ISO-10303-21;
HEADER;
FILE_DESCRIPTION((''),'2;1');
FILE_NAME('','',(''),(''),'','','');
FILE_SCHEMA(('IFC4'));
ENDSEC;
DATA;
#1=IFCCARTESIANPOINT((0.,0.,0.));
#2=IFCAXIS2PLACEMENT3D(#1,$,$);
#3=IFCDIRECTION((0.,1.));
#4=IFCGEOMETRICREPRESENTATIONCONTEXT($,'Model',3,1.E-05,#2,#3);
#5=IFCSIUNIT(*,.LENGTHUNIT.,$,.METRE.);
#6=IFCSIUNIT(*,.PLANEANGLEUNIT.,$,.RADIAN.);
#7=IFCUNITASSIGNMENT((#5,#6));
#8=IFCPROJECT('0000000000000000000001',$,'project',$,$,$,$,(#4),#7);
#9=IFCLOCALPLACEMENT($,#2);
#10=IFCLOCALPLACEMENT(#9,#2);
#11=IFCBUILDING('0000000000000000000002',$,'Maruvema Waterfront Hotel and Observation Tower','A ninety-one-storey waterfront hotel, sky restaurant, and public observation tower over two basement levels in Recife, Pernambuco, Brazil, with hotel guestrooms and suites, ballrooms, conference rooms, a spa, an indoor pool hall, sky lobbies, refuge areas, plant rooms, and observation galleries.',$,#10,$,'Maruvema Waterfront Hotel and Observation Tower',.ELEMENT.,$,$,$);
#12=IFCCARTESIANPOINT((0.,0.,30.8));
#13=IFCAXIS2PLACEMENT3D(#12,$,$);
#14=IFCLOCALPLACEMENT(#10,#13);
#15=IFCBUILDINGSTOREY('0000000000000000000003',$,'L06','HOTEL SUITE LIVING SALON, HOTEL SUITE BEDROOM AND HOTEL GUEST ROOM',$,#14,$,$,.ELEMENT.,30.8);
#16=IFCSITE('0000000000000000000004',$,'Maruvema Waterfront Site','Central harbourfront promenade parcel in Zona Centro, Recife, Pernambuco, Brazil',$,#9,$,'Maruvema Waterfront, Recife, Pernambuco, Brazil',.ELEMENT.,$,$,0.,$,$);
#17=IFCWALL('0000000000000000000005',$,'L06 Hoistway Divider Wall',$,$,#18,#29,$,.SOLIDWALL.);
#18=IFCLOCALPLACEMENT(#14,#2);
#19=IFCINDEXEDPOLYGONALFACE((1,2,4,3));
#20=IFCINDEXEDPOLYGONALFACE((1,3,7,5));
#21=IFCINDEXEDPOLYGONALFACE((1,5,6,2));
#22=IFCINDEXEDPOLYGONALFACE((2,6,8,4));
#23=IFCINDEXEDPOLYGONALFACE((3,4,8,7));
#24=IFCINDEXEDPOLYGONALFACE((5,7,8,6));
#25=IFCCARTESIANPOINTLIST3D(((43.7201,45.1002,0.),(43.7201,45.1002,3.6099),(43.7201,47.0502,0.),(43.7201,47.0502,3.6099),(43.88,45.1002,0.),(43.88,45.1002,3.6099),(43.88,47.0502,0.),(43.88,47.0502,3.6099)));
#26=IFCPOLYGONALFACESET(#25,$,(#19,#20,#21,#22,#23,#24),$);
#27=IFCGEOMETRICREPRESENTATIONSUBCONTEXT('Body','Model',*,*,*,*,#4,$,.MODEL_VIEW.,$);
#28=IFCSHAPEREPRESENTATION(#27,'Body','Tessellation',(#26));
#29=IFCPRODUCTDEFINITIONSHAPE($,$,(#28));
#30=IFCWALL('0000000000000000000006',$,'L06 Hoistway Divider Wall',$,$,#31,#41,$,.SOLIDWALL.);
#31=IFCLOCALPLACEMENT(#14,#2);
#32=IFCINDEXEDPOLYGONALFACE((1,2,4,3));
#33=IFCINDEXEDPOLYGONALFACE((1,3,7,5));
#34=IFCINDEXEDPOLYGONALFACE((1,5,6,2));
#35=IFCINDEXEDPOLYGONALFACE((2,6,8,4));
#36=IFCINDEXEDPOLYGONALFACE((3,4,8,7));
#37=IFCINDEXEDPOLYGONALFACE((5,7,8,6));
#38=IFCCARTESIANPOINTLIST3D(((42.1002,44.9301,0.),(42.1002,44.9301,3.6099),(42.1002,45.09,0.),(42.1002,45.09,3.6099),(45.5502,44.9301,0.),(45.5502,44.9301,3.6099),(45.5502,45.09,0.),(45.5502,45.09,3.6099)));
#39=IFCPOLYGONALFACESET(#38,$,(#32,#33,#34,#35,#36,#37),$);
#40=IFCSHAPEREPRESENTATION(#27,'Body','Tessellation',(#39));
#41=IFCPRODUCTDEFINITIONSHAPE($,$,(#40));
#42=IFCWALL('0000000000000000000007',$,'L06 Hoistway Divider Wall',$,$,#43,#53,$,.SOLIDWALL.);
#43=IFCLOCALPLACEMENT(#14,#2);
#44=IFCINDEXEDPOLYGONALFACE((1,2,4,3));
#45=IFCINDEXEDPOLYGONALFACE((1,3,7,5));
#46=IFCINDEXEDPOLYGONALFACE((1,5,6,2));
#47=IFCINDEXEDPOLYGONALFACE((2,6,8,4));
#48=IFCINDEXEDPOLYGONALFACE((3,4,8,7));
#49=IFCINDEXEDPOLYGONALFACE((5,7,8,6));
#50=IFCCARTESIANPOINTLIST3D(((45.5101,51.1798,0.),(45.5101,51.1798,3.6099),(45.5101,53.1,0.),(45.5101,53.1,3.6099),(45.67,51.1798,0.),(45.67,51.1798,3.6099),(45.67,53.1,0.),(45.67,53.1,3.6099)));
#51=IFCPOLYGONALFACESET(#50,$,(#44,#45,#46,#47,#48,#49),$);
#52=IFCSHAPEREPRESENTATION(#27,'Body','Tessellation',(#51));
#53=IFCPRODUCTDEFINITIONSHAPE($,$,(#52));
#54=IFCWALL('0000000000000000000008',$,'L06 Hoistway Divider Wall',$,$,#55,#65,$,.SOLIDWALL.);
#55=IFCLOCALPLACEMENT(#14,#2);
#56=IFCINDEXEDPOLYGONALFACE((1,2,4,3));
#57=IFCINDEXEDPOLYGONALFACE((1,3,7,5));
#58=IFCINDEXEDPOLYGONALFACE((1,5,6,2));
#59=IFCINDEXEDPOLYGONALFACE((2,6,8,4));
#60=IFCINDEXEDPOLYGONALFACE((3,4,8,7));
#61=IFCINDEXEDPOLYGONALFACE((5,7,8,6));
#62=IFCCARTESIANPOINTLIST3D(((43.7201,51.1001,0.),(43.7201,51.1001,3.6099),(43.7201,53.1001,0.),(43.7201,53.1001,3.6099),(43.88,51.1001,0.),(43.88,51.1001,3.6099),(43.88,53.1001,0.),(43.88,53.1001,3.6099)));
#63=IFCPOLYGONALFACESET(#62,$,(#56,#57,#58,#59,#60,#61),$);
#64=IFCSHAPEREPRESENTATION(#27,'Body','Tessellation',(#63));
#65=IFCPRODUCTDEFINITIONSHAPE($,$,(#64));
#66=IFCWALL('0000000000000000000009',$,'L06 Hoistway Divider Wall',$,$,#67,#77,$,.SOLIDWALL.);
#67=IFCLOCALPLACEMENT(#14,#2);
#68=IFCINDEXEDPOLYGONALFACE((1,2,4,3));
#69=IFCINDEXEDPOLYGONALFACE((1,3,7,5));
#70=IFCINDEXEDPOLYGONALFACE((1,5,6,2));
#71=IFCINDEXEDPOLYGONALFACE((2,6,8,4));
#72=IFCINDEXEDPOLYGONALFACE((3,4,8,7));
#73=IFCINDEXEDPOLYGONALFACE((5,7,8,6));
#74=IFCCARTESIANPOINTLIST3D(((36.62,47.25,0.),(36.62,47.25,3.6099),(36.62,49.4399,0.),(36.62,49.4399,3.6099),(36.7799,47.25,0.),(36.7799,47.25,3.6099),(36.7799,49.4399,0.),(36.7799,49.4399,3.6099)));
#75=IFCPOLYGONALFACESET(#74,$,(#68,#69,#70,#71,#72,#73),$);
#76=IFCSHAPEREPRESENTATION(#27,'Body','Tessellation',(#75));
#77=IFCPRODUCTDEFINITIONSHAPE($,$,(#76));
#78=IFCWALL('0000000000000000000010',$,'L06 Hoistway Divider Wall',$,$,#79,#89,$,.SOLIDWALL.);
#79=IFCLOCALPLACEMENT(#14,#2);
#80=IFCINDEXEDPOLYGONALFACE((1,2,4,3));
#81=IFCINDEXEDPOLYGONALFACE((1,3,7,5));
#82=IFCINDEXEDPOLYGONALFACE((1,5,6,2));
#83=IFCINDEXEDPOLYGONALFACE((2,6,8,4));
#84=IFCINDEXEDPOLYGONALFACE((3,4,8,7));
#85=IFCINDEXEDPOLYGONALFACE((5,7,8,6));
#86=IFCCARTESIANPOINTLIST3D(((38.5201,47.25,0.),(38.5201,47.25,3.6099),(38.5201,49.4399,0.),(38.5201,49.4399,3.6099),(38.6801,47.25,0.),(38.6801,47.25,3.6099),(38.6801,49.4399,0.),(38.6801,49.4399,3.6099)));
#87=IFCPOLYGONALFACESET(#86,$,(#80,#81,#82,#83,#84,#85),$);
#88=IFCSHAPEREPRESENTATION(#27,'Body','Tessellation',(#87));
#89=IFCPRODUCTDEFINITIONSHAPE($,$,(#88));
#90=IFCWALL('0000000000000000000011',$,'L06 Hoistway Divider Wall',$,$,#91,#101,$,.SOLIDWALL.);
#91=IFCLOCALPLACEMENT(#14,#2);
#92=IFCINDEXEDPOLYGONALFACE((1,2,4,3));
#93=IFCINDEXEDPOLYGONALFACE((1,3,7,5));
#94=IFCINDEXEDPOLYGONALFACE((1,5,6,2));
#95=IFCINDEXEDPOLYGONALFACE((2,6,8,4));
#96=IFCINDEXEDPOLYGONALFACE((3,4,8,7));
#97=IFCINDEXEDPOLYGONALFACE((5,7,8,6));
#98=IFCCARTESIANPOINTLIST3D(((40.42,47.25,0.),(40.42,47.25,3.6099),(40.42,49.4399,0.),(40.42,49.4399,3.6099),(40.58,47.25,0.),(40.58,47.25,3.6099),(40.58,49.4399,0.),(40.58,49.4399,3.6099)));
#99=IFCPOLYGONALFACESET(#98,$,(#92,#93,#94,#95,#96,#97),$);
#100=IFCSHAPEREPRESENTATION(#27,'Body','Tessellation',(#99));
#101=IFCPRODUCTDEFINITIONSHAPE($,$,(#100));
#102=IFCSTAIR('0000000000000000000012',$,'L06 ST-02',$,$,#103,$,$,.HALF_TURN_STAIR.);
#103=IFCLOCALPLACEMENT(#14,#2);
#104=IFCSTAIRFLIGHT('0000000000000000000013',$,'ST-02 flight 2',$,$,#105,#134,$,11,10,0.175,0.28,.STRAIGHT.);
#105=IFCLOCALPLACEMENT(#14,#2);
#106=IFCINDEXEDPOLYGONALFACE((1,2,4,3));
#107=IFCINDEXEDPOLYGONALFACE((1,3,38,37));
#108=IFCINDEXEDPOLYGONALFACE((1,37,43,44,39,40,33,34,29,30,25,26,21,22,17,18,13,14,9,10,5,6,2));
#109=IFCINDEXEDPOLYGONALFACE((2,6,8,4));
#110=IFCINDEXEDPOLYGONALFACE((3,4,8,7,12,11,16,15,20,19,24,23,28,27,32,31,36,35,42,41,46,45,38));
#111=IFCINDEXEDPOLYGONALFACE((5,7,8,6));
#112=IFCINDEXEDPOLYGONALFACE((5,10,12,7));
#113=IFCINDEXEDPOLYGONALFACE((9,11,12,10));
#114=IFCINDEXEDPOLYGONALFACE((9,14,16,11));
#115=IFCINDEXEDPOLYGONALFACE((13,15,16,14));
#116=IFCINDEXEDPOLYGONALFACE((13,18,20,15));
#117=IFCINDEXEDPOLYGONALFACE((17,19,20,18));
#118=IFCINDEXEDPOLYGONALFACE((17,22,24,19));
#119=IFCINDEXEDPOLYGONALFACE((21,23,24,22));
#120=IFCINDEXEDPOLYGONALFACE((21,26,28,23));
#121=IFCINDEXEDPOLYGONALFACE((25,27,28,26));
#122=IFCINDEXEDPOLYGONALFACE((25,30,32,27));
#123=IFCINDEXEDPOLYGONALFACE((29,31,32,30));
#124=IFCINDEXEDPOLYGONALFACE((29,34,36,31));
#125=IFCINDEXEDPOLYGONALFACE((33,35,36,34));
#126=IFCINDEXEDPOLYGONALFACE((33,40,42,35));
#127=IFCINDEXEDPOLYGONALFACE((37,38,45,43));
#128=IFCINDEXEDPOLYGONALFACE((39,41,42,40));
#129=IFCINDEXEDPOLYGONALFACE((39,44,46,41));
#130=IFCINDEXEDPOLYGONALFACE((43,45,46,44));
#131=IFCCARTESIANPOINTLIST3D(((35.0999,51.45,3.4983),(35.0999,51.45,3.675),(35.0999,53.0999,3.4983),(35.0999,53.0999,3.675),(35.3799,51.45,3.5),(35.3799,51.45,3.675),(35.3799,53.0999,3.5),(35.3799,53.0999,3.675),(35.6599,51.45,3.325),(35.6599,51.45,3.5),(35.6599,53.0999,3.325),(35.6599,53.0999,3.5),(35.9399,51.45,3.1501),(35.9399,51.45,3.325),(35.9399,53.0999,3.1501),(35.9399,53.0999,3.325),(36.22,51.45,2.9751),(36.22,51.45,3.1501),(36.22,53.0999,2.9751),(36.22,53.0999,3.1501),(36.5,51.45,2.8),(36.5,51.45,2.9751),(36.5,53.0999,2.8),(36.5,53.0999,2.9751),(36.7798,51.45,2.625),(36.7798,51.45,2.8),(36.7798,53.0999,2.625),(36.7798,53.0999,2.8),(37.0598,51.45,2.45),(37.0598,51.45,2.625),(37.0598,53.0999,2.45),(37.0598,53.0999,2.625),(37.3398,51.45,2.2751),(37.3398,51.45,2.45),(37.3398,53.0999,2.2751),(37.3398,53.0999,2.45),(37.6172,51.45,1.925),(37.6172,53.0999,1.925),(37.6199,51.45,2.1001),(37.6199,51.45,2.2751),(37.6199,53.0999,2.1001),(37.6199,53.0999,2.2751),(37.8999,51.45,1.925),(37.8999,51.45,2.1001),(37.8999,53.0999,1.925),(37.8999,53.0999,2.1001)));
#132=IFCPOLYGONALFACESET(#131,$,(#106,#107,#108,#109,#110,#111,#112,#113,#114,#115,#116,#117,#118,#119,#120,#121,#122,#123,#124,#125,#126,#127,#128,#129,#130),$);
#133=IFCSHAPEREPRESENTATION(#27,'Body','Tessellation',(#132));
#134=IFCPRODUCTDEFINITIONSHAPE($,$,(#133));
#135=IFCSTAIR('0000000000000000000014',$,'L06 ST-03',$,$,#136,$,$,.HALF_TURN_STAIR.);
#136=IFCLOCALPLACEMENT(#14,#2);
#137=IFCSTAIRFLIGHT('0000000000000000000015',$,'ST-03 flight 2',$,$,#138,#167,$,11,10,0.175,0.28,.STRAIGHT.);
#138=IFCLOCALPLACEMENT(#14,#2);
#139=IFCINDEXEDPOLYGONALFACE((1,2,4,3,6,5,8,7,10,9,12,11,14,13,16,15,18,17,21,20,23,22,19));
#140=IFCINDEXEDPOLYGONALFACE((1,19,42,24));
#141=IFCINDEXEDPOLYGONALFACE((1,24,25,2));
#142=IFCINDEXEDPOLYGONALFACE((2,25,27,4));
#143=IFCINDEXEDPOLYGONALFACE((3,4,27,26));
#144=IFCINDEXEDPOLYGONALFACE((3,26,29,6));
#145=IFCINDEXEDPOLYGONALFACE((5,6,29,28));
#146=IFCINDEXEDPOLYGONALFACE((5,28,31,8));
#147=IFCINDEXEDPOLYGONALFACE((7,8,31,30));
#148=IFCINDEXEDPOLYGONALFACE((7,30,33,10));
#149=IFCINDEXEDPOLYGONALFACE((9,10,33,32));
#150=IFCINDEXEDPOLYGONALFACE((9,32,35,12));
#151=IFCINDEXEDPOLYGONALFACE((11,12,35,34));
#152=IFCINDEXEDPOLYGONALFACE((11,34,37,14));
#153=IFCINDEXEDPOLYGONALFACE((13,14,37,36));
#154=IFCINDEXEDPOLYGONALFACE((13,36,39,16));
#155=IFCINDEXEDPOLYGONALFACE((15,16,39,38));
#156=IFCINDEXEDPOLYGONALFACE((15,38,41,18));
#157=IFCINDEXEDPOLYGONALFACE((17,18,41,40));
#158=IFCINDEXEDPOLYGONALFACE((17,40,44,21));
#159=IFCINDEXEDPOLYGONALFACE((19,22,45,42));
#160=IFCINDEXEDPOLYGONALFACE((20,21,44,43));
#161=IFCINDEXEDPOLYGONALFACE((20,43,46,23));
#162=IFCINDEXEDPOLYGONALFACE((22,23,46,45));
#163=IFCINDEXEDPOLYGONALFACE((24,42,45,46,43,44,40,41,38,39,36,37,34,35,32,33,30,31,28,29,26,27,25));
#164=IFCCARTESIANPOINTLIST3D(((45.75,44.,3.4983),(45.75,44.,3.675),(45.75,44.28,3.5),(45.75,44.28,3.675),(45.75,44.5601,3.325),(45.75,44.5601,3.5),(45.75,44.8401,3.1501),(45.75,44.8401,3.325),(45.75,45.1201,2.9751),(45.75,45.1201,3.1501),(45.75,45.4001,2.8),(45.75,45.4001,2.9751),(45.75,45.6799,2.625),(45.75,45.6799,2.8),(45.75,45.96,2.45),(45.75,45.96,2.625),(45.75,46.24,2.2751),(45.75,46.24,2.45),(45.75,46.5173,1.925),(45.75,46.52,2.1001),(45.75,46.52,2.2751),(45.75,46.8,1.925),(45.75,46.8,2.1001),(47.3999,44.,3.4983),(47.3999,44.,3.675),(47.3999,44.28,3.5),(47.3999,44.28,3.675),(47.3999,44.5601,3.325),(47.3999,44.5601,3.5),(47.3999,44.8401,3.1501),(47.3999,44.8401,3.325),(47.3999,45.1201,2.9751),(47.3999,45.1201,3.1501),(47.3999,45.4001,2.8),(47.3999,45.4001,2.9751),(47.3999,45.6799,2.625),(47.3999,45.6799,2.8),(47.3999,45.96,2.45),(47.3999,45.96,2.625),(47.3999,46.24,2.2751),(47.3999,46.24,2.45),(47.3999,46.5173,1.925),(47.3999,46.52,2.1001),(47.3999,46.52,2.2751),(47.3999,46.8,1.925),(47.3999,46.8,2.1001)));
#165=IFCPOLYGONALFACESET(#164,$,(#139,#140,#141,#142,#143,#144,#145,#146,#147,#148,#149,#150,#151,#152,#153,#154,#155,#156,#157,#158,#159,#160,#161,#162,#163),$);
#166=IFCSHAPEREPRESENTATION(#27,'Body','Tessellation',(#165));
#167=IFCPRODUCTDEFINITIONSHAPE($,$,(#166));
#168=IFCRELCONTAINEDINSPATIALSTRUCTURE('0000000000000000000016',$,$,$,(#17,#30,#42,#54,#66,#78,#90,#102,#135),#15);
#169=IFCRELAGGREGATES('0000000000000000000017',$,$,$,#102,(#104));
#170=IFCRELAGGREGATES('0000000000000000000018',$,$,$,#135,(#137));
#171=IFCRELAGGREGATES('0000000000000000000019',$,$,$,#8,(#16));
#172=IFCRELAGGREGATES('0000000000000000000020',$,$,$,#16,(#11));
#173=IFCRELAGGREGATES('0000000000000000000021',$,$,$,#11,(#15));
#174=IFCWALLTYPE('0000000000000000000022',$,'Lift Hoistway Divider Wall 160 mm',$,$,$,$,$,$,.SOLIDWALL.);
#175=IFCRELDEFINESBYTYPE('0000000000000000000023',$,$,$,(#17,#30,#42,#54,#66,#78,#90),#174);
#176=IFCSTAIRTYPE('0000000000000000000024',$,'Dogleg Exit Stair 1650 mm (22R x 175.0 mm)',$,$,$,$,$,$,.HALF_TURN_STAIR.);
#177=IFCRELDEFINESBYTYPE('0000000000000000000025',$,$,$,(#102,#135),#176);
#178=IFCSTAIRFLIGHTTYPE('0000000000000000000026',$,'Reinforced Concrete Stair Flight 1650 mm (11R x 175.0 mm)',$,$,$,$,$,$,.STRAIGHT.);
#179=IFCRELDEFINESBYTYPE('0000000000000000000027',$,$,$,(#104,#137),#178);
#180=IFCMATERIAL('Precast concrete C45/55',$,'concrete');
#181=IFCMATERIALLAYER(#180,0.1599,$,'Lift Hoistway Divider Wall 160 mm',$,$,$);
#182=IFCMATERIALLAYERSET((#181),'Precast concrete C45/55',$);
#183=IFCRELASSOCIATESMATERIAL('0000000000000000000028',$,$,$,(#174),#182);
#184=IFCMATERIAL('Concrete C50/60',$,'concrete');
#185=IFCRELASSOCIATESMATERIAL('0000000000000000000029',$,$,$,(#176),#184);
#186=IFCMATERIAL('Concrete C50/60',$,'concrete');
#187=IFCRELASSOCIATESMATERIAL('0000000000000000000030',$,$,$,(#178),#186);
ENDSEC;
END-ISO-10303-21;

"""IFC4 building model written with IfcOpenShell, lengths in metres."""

from ifc_helpers import new_model, si_unit, direction, frame, frame_2d, origin, place, context, subcontext, project, spatial, polyline, rectangle, outline, extrude, material, layer, layer_set, type_object, element, aggregate, save


model = new_model("IFC4")

# Units and contexts
model_context = context("Model", 3, precision=1e-05, world=origin(), true_north=direction((0.0, 1.0)))
body_context = subcontext(model_context, "Body", "Model", "MODEL_VIEW")
ifc_project = project(units=[si_unit("LENGTHUNIT", "METRE"), si_unit("PLANEANGLEUNIT", "RADIAN")], contexts=[model_context])

# Site, building, storey
site_placement = place(None, origin())
site = spatial("IfcSite", under=ifc_project, at=site_placement, Name="Maruvema Waterfront Site", Description="Central harbourfront promenade parcel in Zona Centro, Recife, Pernambuco, Brazil", LongName="Maruvema Waterfront, Recife, Pernambuco, Brazil", CompositionType="ELEMENT", RefElevation=0.0)
building_placement = place(site_placement, origin())
building = spatial("IfcBuilding", under=site, at=building_placement, Name="Maruvema Waterfront Hotel and Observation Tower", Description="A ninety-one-storey waterfront hotel, sky restaurant, and public observation tower over two basement levels in Recife, Pernambuco, Brazil, with hotel guestrooms and suites, ballrooms, conference rooms, a spa, an indoor pool hall, sky lobbies, refuge areas, plant rooms, and observation galleries.", LongName="Maruvema Waterfront Hotel and Observation Tower", CompositionType="ELEMENT")
storey_placement = place(building_placement, frame((0.0, 0.0, 30.8)))
storey = spatial("IfcBuildingStorey", under=building, at=storey_placement, Name="L06", Description="HOTEL SUITE LIVING SALON, HOTEL SUITE BEDROOM AND HOTEL GUEST ROOM", CompositionType="ELEMENT", Elevation=30.8)

# Walls
ifc_material_1 = material(Name="Precast concrete C45/55", Category="concrete")
ifc_layer_1 = layer(ifc_material_1, 0.1599, Name="Lift Hoistway Divider Wall 160 mm")
ifc_layer_set_1 = layer_set([ifc_layer_1], Name="Precast concrete C45/55")
wall_type_1 = type_object("IfcWallType", Name="Lift Hoistway Divider Wall 160 mm", PredefinedType="SOLIDWALL", material=ifc_layer_set_1)
for number, where, z_axis, x_axis, name in (
    (1, (43.8, 45.1001, 0.0), (0.0, 0.0, 1.0), (0.0, 1.0, 0.0), "L06 Hoistway Divider Wall"),
):
    element("IfcWall", number, at=place(storey_placement, frame(where, z_axis=z_axis, x_axis=x_axis)), inside=storey, type_object=wall_type_1, Name=name, PredefinedType="SOLIDWALL", context=body_context, shape_type="SweptSolid", body=[
        extrude(rectangle(XDim=1.95, YDim=0.1599, at=frame_2d((0.9751, 0.0))), origin(), (0.0, 0.0, 1.0), 3.6099),
    ])
wall_1_placement = place(storey_placement, frame((42.1001, 45.01, 0.0), z_axis=(0.0, 0.0, 1.0), x_axis=(1.0, 0.0, 0.0)))
element("IfcWall", 2, at=wall_1_placement, inside=storey, type_object=wall_type_1, Name="L06 Hoistway Divider Wall", PredefinedType="SOLIDWALL", context=body_context, shape_type="SweptSolid", body=[
    extrude(rectangle(XDim=3.45, YDim=0.1599, at=frame_2d((1.7251, 0.0))), origin(), (0.0, 0.0, 1.0), 3.6099),
])
wall_2_placement = place(storey_placement, frame((45.5901, 51.1799, 0.0), z_axis=(0.0, 0.0, 1.0), x_axis=(0.0, 1.0, 0.0)))
element("IfcWall", 3, at=wall_2_placement, inside=storey, type_object=wall_type_1, Name="L06 Hoistway Divider Wall", PredefinedType="SOLIDWALL", context=body_context, shape_type="SweptSolid", body=[
    extrude(rectangle(XDim=1.9202, YDim=0.1599, at=frame_2d((0.96, 0.0))), origin(), (0.0, 0.0, 1.0), 3.6099),
])
wall_3_placement = place(storey_placement, frame((43.8, 51.1001, 0.0), z_axis=(0.0, 0.0, 1.0), x_axis=(0.0, 1.0, 0.0)))
element("IfcWall", 4, at=wall_3_placement, inside=storey, type_object=wall_type_1, Name="L06 Hoistway Divider Wall", PredefinedType="SOLIDWALL", context=body_context, shape_type="SweptSolid", body=[
    extrude(rectangle(XDim=2.0, YDim=0.1599, at=frame_2d((1.0, 0.0))), origin(), (0.0, 0.0, 1.0), 3.6099),
])
for number, where, z_axis, x_axis, name in (
    (5, (36.7, 47.25, 0.0), (0.0, 0.0, 1.0), (0.0, 1.0, 0.0), "L06 Hoistway Divider Wall"),
    (6, (38.6001, 47.25, 0.0), (0.0, 0.0, 1.0), (0.0, 1.0, 0.0), "L06 Hoistway Divider Wall"),
    (7, (40.5, 47.25, 0.0), (0.0, 0.0, 1.0), (0.0, 1.0, 0.0), "L06 Hoistway Divider Wall"),
):
    element("IfcWall", number, at=place(storey_placement, frame(where, z_axis=z_axis, x_axis=x_axis)), inside=storey, type_object=wall_type_1, Name=name, PredefinedType="SOLIDWALL", context=body_context, shape_type="SweptSolid", body=[
        extrude(rectangle(XDim=2.1899, YDim=0.1599, at=frame_2d((1.095, 0.0))), origin(), (0.0, 0.0, 1.0), 3.6099),
    ])

# Stairs, stair flights
ifc_material_2 = material(Name="Concrete C50/60", Category="concrete")
stair_type = type_object("IfcStairType", Name="Dogleg Exit Stair 1650 mm (22R x 175.0 mm)", PredefinedType="HALF_TURN_STAIR", material=ifc_material_2)
stair_1_placement = place(storey_placement, origin())
stair_1 = element("IfcStair", 8, at=stair_1_placement, inside=storey, type_object=stair_type, Name="L06 ST-02", PredefinedType="HALF_TURN_STAIR")
ifc_material_3 = material(Name="Concrete C50/60", Category="concrete")
stair_flight_type = type_object("IfcStairFlightType", Name="Reinforced Concrete Stair Flight 1650 mm (11R x 175.0 mm)", PredefinedType="STRAIGHT", material=ifc_material_3)
stair_flight_1_placement = place(storey_placement, frame((37.8999, 52.2749, 1.925), z_axis=(0.0, 0.0, 1.0), x_axis=(-1.0, 0.0, 0.0)))
stair_flight_1 = element("IfcStairFlight", 9, at=stair_flight_1_placement, type_object=stair_flight_type, Name="ST-02 flight 2", NumberOfRisers=11, NumberOfTreads=10, PredefinedType="STRAIGHT", RiserHeight=0.175, TreadLength=0.28, context=body_context, shape_type="SweptSolid", body=[
    extrude(outline(polyline([(0.0, 0.0), (0.0, 0.175), (0.28, 0.175), (0.28, 0.3501), (0.5601, 0.3501), (0.5601, 0.5249), (0.8401, 0.5249), (0.8401, 0.7), (1.1201, 0.7), (1.1201, 0.875), (1.3999, 0.875), (1.3999, 1.05), (1.6799, 1.05), (1.6799, 1.2251), (1.96, 1.2251), (1.96, 1.3999), (2.24, 1.3999), (2.24, 1.575), (2.52, 1.575), (2.52, 1.75), (2.8, 1.75), (2.8, 1.925), (2.8, 1.5732), (0.2827, 0.0), (0.0, 0.0)])), frame((0.0, 0.825, 0.0), z_axis=(0.0, -1.0, 0.0), x_axis=(1.0, 0.0, 0.0)), (0.0, 0.0, 1.0), 1.6499),
])
aggregate(stair_1, [stair_flight_1])
stair_2_placement = place(storey_placement, origin())
stair_2 = element("IfcStair", 10, at=stair_2_placement, inside=storey, type_object=stair_type, Name="L06 ST-03", PredefinedType="HALF_TURN_STAIR")
stair_flight_2_placement = place(storey_placement, frame((46.575, 46.8, 1.925), z_axis=(0.0, 0.0, 1.0), x_axis=(0.0, -1.0, 0.0)))
stair_flight_2 = element("IfcStairFlight", 11, at=stair_flight_2_placement, type_object=stair_flight_type, Name="ST-03 flight 2", NumberOfRisers=11, NumberOfTreads=10, PredefinedType="STRAIGHT", RiserHeight=0.175, TreadLength=0.28, context=body_context, shape_type="SweptSolid", body=[
    extrude(outline(polyline([(0.0, 0.0), (0.0, 0.175), (0.28, 0.175), (0.28, 0.3501), (0.5601, 0.3501), (0.5601, 0.5249), (0.8401, 0.5249), (0.8401, 0.7), (1.1201, 0.7), (1.1201, 0.875), (1.3999, 0.875), (1.3999, 1.05), (1.6799, 1.05), (1.6799, 1.2251), (1.96, 1.2251), (1.96, 1.3999), (2.24, 1.3999), (2.24, 1.575), (2.52, 1.575), (2.52, 1.75), (2.8, 1.75), (2.8, 1.925), (2.8, 1.5732), (0.2827, 0.0), (0.0, 0.0)])), frame((0.0, 0.825, 0.0), z_axis=(0.0, -1.0, 0.0), x_axis=(1.0, 0.0, 0.0)), (0.0, 0.0, 1.0), 1.6499),
])
aggregate(stair_2, [stair_flight_2])

save(model, "model.ifc")
